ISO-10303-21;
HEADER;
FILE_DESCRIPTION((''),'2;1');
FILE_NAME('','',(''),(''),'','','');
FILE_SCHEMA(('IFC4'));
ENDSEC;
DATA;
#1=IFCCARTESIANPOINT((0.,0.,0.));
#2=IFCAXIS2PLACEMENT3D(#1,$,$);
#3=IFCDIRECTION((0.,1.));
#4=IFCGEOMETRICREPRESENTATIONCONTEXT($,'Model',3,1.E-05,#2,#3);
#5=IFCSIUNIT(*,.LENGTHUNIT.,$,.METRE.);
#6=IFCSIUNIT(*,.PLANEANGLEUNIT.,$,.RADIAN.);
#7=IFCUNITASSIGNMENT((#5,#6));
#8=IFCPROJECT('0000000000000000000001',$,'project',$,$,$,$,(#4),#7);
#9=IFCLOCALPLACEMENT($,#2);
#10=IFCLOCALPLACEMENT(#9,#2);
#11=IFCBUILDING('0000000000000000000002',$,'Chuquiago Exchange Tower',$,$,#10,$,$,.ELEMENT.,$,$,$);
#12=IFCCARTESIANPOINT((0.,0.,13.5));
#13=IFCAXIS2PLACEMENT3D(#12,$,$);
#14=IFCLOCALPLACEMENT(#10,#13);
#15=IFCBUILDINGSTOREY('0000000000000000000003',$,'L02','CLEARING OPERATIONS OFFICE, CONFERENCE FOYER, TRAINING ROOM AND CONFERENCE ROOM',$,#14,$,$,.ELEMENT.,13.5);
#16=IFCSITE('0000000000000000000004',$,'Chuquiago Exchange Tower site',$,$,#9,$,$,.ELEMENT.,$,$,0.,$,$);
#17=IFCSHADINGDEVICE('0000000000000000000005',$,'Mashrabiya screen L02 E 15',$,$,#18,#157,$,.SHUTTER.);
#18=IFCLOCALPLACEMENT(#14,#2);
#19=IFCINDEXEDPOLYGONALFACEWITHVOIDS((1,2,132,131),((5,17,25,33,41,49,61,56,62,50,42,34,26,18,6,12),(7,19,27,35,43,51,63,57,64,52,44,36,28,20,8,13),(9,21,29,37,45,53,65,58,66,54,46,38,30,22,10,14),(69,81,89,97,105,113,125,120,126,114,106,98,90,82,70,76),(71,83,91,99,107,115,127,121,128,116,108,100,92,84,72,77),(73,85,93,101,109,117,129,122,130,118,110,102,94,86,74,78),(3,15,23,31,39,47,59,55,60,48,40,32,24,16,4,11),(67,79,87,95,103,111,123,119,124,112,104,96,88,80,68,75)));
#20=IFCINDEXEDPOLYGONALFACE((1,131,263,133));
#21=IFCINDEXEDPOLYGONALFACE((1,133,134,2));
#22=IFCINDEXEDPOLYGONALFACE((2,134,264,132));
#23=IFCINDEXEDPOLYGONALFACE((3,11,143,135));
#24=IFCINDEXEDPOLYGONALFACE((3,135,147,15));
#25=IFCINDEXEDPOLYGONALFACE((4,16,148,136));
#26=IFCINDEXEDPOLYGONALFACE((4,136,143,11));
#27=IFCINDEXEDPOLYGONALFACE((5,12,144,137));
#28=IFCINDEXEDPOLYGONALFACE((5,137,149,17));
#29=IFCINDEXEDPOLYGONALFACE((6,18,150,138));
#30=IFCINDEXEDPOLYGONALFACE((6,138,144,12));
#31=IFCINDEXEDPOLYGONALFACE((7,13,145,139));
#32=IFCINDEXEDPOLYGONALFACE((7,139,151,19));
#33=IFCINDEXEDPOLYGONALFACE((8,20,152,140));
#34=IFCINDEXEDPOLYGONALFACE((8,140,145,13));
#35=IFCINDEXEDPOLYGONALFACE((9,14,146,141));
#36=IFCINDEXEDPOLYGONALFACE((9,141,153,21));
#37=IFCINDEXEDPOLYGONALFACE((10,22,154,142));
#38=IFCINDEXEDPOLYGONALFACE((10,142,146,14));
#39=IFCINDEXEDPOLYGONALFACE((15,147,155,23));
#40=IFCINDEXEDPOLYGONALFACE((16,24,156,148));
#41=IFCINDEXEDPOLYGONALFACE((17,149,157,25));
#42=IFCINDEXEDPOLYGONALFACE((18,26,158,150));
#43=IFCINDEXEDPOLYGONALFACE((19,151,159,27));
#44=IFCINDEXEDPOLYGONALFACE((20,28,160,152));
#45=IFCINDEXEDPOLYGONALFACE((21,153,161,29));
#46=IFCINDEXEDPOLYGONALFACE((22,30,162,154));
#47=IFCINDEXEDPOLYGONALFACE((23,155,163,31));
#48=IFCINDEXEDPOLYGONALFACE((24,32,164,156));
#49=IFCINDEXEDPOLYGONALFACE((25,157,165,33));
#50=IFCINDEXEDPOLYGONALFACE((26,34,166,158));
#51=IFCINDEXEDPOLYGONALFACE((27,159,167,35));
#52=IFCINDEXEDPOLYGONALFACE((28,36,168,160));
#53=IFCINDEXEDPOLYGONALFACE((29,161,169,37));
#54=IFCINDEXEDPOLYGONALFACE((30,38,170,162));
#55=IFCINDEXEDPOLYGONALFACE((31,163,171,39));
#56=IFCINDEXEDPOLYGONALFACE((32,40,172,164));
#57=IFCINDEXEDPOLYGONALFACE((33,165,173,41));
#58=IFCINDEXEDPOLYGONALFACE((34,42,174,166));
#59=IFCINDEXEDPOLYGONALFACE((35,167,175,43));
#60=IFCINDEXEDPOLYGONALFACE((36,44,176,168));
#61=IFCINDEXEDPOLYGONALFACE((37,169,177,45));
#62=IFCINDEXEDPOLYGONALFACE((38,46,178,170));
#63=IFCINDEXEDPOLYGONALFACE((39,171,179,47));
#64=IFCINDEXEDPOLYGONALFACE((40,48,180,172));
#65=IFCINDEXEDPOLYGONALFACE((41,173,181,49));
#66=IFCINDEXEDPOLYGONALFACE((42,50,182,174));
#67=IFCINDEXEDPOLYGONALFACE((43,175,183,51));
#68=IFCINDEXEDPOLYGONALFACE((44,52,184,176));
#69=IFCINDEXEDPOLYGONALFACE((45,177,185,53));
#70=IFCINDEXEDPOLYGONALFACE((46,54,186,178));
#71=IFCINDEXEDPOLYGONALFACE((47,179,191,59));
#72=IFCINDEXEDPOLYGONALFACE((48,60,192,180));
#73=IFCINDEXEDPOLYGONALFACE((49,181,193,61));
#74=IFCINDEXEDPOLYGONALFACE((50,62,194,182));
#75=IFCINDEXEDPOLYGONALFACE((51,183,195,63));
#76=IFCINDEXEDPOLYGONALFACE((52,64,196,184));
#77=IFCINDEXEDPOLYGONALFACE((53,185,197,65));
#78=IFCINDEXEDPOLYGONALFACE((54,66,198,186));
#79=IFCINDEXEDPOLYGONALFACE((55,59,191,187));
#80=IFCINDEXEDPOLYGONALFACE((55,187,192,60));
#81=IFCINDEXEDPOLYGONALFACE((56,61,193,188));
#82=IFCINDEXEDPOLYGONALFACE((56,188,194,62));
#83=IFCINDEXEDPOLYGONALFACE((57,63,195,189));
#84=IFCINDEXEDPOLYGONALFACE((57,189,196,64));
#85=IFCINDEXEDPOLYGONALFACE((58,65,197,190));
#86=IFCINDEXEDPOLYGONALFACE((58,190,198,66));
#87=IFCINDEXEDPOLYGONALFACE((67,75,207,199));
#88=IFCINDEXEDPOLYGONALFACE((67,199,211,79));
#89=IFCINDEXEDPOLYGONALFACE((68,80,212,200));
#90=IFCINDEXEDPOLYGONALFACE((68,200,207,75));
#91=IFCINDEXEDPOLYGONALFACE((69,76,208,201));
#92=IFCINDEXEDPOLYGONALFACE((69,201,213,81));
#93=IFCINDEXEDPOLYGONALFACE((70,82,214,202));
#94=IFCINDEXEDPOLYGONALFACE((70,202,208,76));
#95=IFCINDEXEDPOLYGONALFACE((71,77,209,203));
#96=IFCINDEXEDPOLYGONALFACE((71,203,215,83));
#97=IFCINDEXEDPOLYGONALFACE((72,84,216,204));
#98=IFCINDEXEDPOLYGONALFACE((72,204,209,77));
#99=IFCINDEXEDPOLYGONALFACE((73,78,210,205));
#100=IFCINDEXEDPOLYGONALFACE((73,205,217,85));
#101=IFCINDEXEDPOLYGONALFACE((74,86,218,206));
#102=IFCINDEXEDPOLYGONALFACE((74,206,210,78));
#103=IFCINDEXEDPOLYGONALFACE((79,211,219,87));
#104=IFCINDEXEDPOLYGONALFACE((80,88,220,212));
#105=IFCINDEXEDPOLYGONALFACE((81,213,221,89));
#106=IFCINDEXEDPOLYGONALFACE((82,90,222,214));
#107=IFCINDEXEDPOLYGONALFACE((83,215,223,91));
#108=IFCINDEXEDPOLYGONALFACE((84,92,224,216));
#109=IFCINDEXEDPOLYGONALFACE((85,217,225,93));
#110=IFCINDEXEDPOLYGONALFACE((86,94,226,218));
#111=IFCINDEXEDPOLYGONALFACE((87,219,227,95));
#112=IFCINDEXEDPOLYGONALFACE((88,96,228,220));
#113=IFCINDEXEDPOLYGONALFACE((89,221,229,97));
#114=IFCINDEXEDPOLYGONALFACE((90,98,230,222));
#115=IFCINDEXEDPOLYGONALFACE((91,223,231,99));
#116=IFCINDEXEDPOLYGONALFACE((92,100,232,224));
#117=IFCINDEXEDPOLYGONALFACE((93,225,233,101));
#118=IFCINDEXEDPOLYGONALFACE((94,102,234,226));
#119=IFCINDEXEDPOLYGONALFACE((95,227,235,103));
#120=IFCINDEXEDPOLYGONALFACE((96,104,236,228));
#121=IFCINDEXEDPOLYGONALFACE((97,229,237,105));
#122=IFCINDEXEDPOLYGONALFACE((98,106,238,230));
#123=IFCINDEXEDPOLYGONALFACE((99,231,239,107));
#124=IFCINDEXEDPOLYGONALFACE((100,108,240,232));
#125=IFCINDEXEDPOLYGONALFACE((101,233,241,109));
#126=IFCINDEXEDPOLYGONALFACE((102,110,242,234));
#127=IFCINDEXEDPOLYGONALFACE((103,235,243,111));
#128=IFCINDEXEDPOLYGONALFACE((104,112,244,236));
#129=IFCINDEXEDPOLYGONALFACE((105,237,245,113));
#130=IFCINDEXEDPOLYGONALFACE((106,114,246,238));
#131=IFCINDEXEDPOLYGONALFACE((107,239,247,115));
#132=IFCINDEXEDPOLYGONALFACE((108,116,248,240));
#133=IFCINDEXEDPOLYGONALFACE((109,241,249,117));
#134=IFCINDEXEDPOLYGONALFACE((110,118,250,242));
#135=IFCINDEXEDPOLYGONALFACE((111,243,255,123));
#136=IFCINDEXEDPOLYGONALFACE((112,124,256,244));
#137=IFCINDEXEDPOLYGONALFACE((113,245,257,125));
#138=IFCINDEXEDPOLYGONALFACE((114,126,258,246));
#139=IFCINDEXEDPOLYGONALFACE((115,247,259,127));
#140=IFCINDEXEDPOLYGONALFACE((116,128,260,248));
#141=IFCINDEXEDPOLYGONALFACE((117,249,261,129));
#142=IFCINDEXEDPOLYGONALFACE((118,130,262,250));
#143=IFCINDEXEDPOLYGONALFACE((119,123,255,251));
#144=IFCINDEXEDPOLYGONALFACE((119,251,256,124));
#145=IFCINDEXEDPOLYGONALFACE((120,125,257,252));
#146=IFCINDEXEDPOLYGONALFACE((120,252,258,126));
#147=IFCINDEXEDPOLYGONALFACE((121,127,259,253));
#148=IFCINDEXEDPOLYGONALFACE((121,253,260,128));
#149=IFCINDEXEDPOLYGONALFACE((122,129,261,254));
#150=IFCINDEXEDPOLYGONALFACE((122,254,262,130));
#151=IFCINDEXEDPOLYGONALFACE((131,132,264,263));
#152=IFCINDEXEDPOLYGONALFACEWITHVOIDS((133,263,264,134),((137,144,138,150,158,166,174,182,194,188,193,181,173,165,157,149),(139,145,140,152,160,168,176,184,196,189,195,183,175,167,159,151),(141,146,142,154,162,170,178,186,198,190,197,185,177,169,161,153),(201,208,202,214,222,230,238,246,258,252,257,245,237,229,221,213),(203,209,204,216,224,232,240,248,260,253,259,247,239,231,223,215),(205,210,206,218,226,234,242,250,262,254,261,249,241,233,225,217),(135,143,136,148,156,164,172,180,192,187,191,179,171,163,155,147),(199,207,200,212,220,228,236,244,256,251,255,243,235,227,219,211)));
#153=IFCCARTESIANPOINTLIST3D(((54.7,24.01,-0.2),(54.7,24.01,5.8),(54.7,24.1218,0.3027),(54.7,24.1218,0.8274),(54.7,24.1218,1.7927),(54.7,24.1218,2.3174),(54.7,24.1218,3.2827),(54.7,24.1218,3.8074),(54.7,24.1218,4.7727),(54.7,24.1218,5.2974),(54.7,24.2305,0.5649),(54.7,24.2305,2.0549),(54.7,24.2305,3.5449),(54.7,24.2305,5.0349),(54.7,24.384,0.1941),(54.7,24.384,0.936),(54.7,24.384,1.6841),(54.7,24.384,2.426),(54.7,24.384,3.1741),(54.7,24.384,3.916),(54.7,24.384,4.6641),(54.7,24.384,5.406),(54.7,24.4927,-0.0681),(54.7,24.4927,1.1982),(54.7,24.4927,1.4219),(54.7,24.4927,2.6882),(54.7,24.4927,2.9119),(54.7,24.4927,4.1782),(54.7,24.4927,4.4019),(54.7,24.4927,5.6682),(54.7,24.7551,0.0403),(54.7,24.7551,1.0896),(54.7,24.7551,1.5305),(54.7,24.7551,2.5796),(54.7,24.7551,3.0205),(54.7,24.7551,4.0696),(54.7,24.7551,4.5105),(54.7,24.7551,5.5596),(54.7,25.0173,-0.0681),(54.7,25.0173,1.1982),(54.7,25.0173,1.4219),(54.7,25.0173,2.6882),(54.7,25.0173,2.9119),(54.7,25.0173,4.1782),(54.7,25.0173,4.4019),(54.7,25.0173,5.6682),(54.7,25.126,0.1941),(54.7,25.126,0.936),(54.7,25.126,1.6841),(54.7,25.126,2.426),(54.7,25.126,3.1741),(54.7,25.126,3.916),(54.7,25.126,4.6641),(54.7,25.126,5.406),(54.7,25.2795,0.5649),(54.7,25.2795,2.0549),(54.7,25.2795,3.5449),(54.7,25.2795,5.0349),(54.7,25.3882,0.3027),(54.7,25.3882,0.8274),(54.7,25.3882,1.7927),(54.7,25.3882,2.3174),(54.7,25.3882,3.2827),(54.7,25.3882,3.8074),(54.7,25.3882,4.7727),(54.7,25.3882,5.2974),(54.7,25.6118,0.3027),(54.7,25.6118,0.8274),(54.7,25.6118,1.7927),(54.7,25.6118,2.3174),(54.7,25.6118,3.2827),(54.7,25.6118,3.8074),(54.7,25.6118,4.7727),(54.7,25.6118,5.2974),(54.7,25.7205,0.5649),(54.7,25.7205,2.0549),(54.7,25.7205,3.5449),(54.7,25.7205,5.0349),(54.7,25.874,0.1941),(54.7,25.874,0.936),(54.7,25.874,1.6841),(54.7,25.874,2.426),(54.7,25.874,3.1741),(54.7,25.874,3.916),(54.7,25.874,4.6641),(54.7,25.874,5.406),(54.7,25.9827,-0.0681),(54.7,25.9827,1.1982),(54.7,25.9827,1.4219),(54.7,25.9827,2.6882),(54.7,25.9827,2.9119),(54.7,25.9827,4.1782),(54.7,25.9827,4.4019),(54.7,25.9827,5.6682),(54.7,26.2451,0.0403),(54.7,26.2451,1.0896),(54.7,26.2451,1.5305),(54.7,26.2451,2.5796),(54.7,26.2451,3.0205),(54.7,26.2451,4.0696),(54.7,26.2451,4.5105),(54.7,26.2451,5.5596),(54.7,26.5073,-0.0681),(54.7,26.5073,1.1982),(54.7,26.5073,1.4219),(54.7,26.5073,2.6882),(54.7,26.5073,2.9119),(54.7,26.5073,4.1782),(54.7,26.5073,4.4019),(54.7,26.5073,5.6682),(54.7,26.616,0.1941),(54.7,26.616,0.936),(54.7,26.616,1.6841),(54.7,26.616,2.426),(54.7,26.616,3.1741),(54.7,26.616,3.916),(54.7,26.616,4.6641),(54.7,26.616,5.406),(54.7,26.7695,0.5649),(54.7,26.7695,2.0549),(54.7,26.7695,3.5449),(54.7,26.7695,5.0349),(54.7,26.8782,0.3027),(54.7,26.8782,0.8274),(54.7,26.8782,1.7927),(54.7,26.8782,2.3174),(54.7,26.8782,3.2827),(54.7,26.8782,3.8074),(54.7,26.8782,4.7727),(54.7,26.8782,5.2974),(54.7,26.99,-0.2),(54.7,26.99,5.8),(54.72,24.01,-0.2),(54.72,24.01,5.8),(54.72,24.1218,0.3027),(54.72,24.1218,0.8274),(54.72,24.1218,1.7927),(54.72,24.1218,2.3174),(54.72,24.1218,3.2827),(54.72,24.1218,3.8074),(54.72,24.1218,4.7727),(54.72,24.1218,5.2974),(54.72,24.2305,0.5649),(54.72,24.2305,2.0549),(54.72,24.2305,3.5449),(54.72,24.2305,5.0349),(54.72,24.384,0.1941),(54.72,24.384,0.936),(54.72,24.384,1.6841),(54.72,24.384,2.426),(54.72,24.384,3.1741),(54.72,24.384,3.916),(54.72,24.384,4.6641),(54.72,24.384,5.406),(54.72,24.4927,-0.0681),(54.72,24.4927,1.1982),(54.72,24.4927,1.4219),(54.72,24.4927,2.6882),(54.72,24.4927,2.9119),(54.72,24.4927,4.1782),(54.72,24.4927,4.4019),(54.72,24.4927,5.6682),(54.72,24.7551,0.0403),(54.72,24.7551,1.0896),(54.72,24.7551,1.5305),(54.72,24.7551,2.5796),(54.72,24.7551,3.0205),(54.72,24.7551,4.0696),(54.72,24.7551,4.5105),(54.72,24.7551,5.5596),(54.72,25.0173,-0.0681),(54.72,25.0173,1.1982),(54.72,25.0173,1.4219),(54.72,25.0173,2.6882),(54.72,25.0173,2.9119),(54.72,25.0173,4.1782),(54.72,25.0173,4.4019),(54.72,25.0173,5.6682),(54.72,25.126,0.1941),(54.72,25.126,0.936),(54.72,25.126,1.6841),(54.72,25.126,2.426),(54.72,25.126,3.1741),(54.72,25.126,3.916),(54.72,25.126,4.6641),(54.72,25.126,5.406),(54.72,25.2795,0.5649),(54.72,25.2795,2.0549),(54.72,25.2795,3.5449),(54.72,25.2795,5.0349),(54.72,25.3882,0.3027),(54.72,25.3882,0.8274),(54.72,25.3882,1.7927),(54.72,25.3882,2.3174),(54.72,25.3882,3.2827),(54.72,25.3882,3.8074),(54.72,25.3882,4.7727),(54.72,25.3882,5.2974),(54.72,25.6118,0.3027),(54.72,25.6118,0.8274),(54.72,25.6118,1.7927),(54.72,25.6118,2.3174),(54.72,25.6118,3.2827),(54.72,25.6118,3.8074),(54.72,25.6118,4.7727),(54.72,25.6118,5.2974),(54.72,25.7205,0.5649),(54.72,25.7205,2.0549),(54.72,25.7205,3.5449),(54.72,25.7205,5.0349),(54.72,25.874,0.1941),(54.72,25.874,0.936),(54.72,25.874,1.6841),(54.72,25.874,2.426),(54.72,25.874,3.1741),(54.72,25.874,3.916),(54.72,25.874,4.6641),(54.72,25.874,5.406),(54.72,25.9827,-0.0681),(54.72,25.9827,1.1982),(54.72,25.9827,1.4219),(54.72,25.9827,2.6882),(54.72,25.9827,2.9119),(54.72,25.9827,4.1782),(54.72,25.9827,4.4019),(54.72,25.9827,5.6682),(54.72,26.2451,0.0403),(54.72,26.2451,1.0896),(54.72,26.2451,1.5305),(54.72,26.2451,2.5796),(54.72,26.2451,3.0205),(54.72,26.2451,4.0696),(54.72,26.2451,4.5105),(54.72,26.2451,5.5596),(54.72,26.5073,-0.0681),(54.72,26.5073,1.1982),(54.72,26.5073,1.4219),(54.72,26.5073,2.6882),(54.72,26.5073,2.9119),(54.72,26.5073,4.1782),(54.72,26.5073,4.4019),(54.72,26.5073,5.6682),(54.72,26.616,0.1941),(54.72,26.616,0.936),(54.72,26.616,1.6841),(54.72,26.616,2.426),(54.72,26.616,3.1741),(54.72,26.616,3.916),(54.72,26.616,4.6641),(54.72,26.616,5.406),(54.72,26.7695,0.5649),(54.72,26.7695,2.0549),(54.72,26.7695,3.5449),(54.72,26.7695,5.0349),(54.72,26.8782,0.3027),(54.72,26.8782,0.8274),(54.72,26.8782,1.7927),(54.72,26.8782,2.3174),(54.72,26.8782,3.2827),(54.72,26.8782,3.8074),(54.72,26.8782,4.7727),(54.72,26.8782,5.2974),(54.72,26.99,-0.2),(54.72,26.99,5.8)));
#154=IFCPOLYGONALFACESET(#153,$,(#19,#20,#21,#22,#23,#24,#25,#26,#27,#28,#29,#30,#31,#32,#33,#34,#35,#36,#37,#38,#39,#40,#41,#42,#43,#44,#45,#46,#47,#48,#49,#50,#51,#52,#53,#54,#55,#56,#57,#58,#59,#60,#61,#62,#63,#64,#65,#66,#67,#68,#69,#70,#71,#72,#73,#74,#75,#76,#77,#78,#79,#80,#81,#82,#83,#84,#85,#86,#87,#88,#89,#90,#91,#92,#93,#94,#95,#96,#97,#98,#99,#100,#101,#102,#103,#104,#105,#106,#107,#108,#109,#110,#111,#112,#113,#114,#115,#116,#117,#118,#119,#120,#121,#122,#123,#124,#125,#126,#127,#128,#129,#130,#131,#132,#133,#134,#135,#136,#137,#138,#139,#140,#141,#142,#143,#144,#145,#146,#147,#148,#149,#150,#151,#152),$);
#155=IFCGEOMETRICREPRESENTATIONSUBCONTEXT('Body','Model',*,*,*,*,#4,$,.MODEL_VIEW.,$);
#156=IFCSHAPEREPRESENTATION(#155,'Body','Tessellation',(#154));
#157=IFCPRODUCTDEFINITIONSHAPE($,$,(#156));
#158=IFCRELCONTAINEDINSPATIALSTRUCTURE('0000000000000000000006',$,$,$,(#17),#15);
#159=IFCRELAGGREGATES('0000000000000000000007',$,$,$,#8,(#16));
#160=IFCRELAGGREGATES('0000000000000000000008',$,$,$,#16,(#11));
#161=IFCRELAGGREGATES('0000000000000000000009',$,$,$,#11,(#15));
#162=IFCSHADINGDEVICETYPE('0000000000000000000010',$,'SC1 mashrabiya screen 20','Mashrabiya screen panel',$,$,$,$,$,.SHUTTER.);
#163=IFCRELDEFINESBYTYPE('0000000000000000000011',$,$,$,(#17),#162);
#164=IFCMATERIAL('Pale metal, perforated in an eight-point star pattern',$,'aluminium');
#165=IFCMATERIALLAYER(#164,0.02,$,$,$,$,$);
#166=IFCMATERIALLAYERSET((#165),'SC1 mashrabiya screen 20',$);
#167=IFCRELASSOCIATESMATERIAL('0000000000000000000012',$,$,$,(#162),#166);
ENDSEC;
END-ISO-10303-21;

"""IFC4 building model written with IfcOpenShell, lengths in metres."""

from ifc_helpers import new_model, si_unit, direction, frame, origin, place, context, subcontext, project, spatial, polyline, outline, extrude, material, layer, layer_set, type_object, element, save


model = new_model("IFC4")

# Units and contexts
model_context = context("Model", 3, precision=1e-05, world=origin(), true_north=direction((0.0, 1.0)))
body_context = subcontext(model_context, "Body", "Model", "MODEL_VIEW")
ifc_project = project(units=[si_unit("LENGTHUNIT", "METRE"), si_unit("PLANEANGLEUNIT", "RADIAN")], contexts=[model_context])

# Site, building, storey
site_placement = place(None, origin())
site = spatial("IfcSite", under=ifc_project, at=site_placement, Name="Chuquiago Exchange Tower site", CompositionType="ELEMENT", RefElevation=0.0)
building_placement = place(site_placement, origin())
building = spatial("IfcBuilding", under=site, at=building_placement, Name="Chuquiago Exchange Tower", CompositionType="ELEMENT")
storey_placement = place(building_placement, frame((0.0, 0.0, 13.5)))
storey = spatial("IfcBuildingStorey", under=building, at=storey_placement, Name="L02", Description="CLEARING OPERATIONS OFFICE, CONFERENCE FOYER, TRAINING ROOM AND CONFERENCE ROOM", CompositionType="ELEMENT", Elevation=13.5)

# Shading device
ifc_material_1 = material(Name="Pale metal, perforated in an eight-point star pattern", Category="aluminium")
ifc_layer_1 = layer(ifc_material_1, 0.02)
ifc_layer_set_1 = layer_set([ifc_layer_1], Name="SC1 mashrabiya screen 20")
shading_device_type = type_object("IfcShadingDeviceType", Name="SC1 mashrabiya screen 20", Description="Mashrabiya screen panel", PredefinedType="SHUTTER", material=ifc_layer_set_1)
shading_device_1_placement = place(storey_placement, frame((54.7, 24.01, -0.2), z_axis=(0.0, 0.0, 1.0), x_axis=(0.0, 1.0, 0.0)))
element("IfcShadingDevice", 1, at=shading_device_1_placement, inside=storey, type_object=shading_device_type, Name="Mashrabiya screen L02 E 15", PredefinedType="SHUTTER", context=body_context, shape_type="SweptSolid", body=[
    extrude(outline(polyline([(0.0, 0.0), (2.98, 0.0), (2.98, 6.0), (0.0, 6.0), (0.0, 0.0)]), holes=[polyline([(1.2695, 0.7649), (1.3782, 1.0273), (1.116, 1.136), (1.0073, 1.3982), (0.7451, 1.2896), (0.4827, 1.3982), (0.374, 1.136), (0.1118, 1.0273), (0.2205, 0.7649), (0.1118, 0.5027), (0.374, 0.394), (0.4827, 0.1318), (0.7451, 0.2402), (1.0073, 0.1318), (1.116, 0.394), (1.3782, 0.5027), (1.2695, 0.7649)]), polyline([(2.7595, 0.7649), (2.8682, 1.0273), (2.606, 1.136), (2.4973, 1.3982), (2.2351, 1.2896), (1.9727, 1.3982), (1.864, 1.136), (1.6018, 1.0273), (1.7104, 0.7649), (1.6018, 0.5027), (1.864, 0.394), (1.9727, 0.1318), (2.2351, 0.2402), (2.4973, 0.1318), (2.606, 0.394), (2.8682, 0.5027), (2.7595, 0.7649)]), polyline([(1.2695, 2.2549), (1.3782, 2.5173), (1.116, 2.626), (1.0073, 2.8882), (0.7451, 2.7795), (0.4827, 2.8882), (0.374, 2.626), (0.1118, 2.5173), (0.2205, 2.2549), (0.1118, 1.9927), (0.374, 1.884), (0.4827, 1.6218), (0.7451, 1.7305), (1.0073, 1.6218), (1.116, 1.884), (1.3782, 1.9927), (1.2695, 2.2549)]), polyline([(2.7595, 2.2549), (2.8682, 2.5173), (2.606, 2.626), (2.4973, 2.8882), (2.2351, 2.7795), (1.9727, 2.8882), (1.864, 2.626), (1.6018, 2.5173), (1.7104, 2.2549), (1.6018, 1.9927), (1.864, 1.884), (1.9727, 1.6218), (2.2351, 1.7305), (2.4973, 1.6218), (2.606, 1.884), (2.8682, 1.9927), (2.7595, 2.2549)]), polyline([(1.2695, 3.7449), (1.3782, 4.0073), (1.116, 4.116), (1.0073, 4.3782), (0.7451, 4.2695), (0.4827, 4.3782), (0.374, 4.116), (0.1118, 4.0073), (0.2205, 3.7449), (0.1118, 3.4827), (0.374, 3.374), (0.4827, 3.1118), (0.7451, 3.2205), (1.0073, 3.1118), (1.116, 3.374), (1.3782, 3.4827), (1.2695, 3.7449)]), polyline([(2.7595, 3.7449), (2.8682, 4.0073), (2.606, 4.116), (2.4973, 4.3782), (2.2351, 4.2695), (1.9727, 4.3782), (1.864, 4.116), (1.6018, 4.0073), (1.7104, 3.7449), (1.6018, 3.4827), (1.864, 3.374), (1.9727, 3.1118), (2.2351, 3.2205), (2.4973, 3.1118), (2.606, 3.374), (2.8682, 3.4827), (2.7595, 3.7449)]), polyline([(1.2695, 5.2349), (1.3782, 5.4973), (1.116, 5.606), (1.0073, 5.8682), (0.7451, 5.7595), (0.4827, 5.8682), (0.374, 5.606), (0.1118, 5.4973), (0.2205, 5.2349), (0.1118, 4.9727), (0.374, 4.864), (0.4827, 4.6018), (0.7451, 4.7104), (1.0073, 4.6018), (1.116, 4.864), (1.3782, 4.9727), (1.2695, 5.2349)]), polyline([(2.7595, 5.2349), (2.8682, 5.4973), (2.606, 5.606), (2.4973, 5.8682), (2.2351, 5.7595), (1.9727, 5.8682), (1.864, 5.606), (1.6018, 5.4973), (1.7104, 5.2349), (1.6018, 4.9727), (1.864, 4.864), (1.9727, 4.6018), (2.2351, 4.7104), (2.4973, 4.6018), (2.606, 4.864), (2.8682, 4.9727), (2.7595, 5.2349)])]), frame((0.0, 0.0, 0.0), z_axis=(0.0, -1.0, 0.0), x_axis=(1.0, 0.0, 0.0)), (0.0, 0.0, 1.0), 0.02),
])

save(model, "model.ifc")
